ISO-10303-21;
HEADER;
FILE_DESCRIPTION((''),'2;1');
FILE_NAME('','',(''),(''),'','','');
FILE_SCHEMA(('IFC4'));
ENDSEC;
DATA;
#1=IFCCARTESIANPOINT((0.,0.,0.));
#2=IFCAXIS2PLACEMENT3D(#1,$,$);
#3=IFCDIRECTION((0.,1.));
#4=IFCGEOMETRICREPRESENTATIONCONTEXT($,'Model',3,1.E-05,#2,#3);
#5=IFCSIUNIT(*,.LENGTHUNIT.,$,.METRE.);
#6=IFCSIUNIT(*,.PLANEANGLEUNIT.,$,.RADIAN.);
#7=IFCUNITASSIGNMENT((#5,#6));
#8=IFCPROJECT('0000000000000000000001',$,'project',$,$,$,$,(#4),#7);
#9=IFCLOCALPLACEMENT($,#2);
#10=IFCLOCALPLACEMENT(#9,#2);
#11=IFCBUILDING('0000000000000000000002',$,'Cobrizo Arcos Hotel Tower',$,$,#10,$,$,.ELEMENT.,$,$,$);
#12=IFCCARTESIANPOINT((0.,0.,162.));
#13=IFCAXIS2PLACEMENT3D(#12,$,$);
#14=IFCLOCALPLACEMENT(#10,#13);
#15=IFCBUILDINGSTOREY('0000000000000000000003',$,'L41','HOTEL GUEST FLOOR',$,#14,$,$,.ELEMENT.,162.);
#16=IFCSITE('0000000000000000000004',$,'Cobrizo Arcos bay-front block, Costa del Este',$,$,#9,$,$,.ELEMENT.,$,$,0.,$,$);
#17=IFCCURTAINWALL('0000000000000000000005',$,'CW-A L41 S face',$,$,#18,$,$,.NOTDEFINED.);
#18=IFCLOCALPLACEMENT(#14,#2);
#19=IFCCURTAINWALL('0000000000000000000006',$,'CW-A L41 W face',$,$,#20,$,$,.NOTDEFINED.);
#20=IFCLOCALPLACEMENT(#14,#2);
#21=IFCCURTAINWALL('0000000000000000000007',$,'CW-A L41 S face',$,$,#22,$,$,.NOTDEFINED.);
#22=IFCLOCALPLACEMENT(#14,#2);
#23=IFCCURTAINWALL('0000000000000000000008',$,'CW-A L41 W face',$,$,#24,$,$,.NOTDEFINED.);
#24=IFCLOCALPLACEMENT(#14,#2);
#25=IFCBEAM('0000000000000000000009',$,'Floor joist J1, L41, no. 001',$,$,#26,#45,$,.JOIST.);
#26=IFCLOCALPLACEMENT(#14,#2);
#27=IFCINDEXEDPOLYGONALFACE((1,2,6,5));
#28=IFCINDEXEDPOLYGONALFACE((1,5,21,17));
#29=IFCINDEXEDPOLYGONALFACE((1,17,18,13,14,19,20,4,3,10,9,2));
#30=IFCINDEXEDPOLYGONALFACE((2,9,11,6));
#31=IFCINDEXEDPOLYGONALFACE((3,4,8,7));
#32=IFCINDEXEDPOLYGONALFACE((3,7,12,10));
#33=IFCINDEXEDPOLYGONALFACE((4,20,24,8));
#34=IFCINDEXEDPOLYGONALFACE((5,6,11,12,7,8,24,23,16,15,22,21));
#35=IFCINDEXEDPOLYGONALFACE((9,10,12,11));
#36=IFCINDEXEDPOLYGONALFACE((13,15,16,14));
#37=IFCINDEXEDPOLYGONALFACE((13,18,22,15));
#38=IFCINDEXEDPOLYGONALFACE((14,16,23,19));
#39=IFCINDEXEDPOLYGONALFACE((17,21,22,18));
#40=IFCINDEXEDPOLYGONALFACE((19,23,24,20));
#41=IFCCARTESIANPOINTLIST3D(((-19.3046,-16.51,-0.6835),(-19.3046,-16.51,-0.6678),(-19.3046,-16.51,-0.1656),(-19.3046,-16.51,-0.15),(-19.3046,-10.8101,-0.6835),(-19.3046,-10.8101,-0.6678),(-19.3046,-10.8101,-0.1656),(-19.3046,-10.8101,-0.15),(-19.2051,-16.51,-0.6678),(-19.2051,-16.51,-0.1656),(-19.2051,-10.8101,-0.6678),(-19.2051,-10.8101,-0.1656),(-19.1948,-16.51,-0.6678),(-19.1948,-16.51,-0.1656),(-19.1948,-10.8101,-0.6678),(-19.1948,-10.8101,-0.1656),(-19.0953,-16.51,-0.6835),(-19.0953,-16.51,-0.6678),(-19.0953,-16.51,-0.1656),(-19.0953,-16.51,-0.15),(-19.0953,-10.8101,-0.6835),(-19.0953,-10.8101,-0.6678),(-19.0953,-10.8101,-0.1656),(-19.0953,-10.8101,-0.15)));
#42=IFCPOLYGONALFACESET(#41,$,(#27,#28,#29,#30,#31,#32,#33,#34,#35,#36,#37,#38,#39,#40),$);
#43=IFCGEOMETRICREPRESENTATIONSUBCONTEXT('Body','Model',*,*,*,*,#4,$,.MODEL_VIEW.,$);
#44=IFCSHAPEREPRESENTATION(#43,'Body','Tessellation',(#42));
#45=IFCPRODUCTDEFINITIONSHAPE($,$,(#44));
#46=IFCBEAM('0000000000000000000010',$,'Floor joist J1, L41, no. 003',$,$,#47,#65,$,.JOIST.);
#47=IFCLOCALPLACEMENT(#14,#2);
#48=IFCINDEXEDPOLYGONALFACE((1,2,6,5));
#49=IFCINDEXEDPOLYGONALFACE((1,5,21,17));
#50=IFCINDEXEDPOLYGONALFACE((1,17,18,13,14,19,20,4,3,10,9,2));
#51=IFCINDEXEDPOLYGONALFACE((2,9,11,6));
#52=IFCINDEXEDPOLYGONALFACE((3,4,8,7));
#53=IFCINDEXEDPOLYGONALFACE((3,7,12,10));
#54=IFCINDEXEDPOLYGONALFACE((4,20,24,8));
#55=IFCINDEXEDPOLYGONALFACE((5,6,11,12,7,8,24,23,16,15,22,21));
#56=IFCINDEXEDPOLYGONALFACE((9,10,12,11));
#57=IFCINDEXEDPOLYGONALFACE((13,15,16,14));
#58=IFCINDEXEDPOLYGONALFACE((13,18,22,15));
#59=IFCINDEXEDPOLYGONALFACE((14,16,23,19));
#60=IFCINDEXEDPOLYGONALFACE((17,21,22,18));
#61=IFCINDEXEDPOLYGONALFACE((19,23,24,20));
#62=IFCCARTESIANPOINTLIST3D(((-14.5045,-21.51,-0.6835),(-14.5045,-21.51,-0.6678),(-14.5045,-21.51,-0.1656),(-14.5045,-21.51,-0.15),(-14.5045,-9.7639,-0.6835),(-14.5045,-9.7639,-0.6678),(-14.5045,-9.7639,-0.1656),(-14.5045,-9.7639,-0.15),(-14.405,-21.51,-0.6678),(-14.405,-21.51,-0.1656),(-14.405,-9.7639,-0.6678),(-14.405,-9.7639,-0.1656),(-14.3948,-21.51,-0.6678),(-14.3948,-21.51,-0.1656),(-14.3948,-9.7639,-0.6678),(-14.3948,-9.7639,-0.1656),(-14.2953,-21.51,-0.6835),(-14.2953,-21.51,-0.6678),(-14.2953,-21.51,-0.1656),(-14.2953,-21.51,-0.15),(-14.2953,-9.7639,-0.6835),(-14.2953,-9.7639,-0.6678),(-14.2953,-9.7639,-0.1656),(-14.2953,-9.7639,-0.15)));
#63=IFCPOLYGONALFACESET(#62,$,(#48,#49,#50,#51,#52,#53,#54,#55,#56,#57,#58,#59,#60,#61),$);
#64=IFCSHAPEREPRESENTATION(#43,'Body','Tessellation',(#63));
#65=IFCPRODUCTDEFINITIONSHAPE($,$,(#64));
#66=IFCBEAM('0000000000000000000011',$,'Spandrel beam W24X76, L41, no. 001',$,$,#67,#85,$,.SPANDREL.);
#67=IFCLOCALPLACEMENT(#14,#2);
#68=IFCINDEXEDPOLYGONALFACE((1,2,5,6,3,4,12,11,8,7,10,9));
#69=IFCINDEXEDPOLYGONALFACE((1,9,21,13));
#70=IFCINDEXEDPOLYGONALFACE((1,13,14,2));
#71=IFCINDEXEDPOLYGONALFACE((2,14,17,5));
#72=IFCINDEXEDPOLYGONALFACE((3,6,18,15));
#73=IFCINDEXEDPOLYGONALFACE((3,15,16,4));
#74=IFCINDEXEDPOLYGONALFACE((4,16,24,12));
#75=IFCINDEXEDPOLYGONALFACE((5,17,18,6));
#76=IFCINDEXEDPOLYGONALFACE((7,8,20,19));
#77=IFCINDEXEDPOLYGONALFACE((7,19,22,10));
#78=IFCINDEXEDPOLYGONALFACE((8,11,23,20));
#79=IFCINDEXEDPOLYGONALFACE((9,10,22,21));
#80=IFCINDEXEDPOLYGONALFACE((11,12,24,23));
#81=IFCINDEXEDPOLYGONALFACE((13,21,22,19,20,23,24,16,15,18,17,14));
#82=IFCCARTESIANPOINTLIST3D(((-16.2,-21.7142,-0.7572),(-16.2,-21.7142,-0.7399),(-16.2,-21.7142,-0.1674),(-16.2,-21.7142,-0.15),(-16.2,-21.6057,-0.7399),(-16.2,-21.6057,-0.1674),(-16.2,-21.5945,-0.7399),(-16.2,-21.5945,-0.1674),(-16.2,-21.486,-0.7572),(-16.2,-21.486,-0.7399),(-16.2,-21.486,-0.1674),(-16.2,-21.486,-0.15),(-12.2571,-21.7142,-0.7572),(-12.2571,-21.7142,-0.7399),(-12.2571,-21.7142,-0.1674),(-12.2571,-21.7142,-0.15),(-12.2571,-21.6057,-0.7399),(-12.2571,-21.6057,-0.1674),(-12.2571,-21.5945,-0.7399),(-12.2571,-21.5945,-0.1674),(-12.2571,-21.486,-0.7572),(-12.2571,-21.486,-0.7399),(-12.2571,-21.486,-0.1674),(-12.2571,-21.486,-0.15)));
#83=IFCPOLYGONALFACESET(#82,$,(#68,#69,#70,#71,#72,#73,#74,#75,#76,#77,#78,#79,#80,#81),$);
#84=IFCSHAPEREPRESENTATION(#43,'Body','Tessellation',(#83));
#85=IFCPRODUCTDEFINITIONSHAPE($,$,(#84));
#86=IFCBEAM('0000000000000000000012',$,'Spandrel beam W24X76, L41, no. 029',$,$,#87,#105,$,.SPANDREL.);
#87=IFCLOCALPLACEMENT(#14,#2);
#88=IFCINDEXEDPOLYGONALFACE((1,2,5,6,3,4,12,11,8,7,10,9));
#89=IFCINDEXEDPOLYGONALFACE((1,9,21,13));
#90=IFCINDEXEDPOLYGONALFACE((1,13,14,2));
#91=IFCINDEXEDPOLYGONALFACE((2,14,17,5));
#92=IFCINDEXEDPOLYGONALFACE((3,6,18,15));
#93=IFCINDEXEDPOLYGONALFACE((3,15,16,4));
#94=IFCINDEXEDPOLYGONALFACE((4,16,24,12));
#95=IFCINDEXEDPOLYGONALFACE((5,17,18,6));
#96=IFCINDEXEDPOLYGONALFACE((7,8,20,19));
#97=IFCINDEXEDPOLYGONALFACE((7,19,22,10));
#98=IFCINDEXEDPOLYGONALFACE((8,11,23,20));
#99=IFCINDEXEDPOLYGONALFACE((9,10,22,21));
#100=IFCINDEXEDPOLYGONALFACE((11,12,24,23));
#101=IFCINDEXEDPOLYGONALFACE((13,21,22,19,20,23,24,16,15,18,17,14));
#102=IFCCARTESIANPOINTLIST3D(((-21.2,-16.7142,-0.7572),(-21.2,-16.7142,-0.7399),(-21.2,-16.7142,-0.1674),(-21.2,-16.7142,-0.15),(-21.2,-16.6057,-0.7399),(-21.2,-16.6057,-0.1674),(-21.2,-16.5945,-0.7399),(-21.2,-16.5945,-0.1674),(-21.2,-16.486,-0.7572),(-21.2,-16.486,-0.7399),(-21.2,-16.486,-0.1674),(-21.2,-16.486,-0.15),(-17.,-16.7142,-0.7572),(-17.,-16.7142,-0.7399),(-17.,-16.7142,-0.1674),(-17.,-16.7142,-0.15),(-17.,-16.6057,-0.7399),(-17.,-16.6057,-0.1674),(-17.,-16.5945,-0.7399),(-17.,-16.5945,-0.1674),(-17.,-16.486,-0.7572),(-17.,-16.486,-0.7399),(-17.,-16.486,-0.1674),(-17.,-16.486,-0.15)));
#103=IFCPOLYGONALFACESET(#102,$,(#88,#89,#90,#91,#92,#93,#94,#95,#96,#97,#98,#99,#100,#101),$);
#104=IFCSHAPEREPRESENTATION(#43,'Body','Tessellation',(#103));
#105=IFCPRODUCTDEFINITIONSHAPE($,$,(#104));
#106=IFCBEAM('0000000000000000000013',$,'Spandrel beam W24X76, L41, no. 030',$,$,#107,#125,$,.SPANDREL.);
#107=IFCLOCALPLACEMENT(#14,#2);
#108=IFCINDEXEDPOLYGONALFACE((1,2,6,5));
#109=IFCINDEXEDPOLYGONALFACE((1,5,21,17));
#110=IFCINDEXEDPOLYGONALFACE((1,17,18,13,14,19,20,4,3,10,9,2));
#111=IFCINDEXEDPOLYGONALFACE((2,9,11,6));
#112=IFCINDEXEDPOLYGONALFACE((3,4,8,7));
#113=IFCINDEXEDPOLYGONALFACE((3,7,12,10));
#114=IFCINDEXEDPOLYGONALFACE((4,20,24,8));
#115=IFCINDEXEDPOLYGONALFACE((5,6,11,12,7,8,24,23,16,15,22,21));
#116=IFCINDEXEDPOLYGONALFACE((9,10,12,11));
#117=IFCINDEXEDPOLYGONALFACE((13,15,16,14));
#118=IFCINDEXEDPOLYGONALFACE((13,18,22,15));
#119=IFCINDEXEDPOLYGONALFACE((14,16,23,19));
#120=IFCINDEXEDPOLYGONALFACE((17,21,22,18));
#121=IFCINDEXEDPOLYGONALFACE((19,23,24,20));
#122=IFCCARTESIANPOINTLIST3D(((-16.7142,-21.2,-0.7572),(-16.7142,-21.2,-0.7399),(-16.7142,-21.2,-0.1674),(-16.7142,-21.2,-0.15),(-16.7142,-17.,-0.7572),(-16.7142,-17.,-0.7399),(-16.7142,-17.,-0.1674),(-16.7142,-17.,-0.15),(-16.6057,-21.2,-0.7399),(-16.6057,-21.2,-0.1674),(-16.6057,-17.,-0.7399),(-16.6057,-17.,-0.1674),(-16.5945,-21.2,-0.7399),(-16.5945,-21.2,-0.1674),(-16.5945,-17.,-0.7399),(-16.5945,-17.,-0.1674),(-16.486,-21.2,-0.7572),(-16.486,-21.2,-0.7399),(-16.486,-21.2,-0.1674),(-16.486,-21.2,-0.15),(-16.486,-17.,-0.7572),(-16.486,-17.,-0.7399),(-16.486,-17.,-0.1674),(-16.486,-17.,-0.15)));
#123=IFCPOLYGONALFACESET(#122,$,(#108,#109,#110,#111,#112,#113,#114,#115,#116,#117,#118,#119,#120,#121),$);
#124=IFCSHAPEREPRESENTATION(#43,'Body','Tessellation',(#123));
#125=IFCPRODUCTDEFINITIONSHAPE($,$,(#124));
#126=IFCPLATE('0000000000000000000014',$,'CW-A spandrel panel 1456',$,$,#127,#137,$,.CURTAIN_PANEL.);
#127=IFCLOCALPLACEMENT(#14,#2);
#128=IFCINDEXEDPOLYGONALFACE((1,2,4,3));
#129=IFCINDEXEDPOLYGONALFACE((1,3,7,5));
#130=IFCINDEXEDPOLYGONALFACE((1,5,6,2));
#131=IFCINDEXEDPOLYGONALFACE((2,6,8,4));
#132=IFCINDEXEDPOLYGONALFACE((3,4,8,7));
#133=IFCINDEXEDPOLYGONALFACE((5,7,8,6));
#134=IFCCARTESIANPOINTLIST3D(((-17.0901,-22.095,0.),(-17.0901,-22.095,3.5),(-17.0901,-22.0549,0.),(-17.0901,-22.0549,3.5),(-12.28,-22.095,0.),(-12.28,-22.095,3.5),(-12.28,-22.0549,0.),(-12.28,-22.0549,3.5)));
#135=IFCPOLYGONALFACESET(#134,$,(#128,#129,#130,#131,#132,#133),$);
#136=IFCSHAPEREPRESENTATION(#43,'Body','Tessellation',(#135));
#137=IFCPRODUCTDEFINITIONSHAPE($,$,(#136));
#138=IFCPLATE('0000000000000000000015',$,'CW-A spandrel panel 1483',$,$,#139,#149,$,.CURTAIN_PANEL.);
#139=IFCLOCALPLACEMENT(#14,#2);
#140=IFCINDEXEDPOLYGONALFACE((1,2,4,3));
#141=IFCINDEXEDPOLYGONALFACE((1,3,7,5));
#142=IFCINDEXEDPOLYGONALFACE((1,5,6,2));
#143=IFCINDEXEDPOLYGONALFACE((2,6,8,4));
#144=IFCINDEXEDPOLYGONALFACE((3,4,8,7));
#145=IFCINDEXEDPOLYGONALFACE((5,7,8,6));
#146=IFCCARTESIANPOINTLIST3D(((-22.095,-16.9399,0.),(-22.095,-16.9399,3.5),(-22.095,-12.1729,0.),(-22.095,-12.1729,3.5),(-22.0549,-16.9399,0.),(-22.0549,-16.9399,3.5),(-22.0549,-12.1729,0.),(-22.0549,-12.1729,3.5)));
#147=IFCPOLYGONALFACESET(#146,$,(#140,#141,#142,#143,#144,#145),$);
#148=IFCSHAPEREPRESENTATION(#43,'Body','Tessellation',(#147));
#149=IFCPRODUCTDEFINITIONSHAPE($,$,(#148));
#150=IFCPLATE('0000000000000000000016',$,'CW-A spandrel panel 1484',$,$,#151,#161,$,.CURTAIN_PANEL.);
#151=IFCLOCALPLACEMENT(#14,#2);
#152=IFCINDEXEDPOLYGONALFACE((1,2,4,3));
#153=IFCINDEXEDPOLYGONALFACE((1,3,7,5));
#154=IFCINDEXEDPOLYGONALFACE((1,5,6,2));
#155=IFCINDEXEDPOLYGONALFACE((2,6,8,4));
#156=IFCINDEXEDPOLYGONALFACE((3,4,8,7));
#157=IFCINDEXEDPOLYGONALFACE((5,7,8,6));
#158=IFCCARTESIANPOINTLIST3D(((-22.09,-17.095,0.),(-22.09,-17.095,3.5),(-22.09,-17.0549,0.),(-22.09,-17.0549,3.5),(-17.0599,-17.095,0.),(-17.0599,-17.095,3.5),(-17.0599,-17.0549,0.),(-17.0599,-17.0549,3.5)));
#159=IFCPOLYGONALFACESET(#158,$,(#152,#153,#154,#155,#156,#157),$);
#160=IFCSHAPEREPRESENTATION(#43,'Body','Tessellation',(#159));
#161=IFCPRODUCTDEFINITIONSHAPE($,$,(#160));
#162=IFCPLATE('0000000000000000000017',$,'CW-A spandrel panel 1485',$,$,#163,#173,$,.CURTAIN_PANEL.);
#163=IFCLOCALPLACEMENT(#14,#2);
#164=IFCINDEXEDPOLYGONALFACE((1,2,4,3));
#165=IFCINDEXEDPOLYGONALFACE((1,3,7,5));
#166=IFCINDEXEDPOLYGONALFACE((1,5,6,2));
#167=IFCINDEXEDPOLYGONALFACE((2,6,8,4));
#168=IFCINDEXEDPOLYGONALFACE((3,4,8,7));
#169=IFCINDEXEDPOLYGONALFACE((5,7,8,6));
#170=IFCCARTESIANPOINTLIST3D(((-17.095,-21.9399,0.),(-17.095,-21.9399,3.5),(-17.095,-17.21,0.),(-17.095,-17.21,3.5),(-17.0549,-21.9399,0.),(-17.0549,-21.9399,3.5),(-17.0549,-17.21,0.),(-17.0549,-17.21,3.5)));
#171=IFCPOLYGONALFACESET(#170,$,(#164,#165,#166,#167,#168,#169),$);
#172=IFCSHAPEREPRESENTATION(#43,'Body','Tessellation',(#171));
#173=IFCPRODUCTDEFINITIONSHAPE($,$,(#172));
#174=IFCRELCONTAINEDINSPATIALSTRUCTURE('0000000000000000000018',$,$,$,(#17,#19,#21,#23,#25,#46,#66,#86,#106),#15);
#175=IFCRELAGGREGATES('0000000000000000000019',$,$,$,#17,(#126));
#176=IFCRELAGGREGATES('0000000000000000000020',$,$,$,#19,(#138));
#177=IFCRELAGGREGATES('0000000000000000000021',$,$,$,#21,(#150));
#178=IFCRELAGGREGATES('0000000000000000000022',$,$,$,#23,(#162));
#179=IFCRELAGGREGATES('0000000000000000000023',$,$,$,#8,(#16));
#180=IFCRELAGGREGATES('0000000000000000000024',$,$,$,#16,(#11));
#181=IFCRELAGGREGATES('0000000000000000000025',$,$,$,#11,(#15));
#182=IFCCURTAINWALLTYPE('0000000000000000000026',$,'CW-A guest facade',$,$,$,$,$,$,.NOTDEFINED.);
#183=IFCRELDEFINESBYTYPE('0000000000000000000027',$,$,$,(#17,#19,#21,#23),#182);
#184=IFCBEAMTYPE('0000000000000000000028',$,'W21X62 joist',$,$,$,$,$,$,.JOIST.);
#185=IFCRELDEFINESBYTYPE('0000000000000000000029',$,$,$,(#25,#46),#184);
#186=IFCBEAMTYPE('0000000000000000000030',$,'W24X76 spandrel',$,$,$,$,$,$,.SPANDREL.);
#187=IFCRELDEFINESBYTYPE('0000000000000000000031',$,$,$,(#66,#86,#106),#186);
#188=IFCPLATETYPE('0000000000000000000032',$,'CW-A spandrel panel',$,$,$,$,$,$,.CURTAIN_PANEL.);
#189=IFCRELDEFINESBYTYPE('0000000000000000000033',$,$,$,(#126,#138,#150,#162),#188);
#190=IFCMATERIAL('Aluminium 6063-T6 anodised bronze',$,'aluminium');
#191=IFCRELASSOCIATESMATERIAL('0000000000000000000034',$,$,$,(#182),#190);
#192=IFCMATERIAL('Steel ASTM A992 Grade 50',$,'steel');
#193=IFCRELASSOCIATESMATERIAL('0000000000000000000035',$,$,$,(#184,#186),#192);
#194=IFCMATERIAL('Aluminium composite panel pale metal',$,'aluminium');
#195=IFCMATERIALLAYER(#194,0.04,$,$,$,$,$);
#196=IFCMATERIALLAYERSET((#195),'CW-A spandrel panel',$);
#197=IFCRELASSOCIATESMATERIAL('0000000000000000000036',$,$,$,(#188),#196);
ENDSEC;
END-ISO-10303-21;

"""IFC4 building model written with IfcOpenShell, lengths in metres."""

from ifc_helpers import new_model, si_unit, direction, frame, origin, origin_2d, place, context, subcontext, project, spatial, rectangle, i_section, extrude, material, layer, layer_set, material_profile, profile_set, type_object, element, aggregate, save


model = new_model("IFC4")

# Units and contexts
model_context = context("Model", 3, precision=1e-05, world=origin(), true_north=direction((0.0, 1.0)))
body_context = subcontext(model_context, "Body", "Model", "MODEL_VIEW")
ifc_project = project(units=[si_unit("LENGTHUNIT", "METRE"), si_unit("PLANEANGLEUNIT", "RADIAN")], contexts=[model_context])

# Site, building, storey
site_placement = place(None, origin())
site = spatial("IfcSite", under=ifc_project, at=site_placement, Name="Cobrizo Arcos bay-front block, Costa del Este", CompositionType="ELEMENT", RefElevation=0.0)
building_placement = place(site_placement, origin())
building = spatial("IfcBuilding", under=site, at=building_placement, Name="Cobrizo Arcos Hotel Tower", CompositionType="ELEMENT")
storey_placement = place(building_placement, frame((0.0, 0.0, 162.0)))
storey = spatial("IfcBuildingStorey", under=building, at=storey_placement, Name="L41", Description="HOTEL GUEST FLOOR", CompositionType="ELEMENT", Elevation=162.0)

# Curtain wall
ifc_material_1 = material(Name="Aluminium 6063-T6 anodised bronze", Category="aluminium")
curtain_wall_type = type_object("IfcCurtainWallType", Name="CW-A guest facade", PredefinedType="NOTDEFINED", material=ifc_material_1)
curtain_wall_1_placement = place(storey_placement, origin())
curtain_wall_1 = element("IfcCurtainWall", 1, at=curtain_wall_1_placement, inside=storey, type_object=curtain_wall_type, Name="CW-A L41 S face", PredefinedType="NOTDEFINED")

# Curtain wall
curtain_wall_2_placement = place(storey_placement, origin())
curtain_wall_2 = element("IfcCurtainWall", 2, at=curtain_wall_2_placement, inside=storey, type_object=curtain_wall_type, Name="CW-A L41 W face", PredefinedType="NOTDEFINED")

# Curtain walls
curtain_wall_3_placement = place(storey_placement, origin())
curtain_wall_3 = element("IfcCurtainWall", 3, at=curtain_wall_3_placement, inside=storey, type_object=curtain_wall_type, Name="CW-A L41 S face", PredefinedType="NOTDEFINED")
curtain_wall_4_placement = place(storey_placement, origin())
curtain_wall_4 = element("IfcCurtainWall", 4, at=curtain_wall_4_placement, inside=storey, type_object=curtain_wall_type, Name="CW-A L41 W face", PredefinedType="NOTDEFINED")

# Beams
ifc_material_2 = material(Name="Steel ASTM A992 Grade 50", Category="steel")
ifc_material_profile_1 = material_profile(ifc_material_2, i_section(OverallWidth=0.2092, OverallDepth=0.5334, WebThickness=0.0103, FlangeThickness=0.0156, at=origin_2d()), Name="W21X62")
ifc_profile_set_1 = profile_set([ifc_material_profile_1], Name="Steel ASTM A992 Grade 50")
beam_type_1 = type_object("IfcBeamType", Name="W21X62 joist", PredefinedType="JOIST", material=ifc_profile_set_1)
beam_1_placement = place(storey_placement, frame((-19.2, -16.51, -0.4167), z_axis=(0.0, 1.0, 0.0), x_axis=(-1.0, 0.0, 0.0)))
element("IfcBeam", 5, at=beam_1_placement, inside=storey, type_object=beam_type_1, Name="Floor joist J1, L41, no. 001", PredefinedType="JOIST", context=body_context, shape_type="SweptSolid", body=[
    extrude(i_section(OverallWidth=0.2092, OverallDepth=0.5334, WebThickness=0.0103, FlangeThickness=0.0156, at=origin_2d()), origin(), (0.0, 0.0, 1.0), 5.7),
])
beam_2_placement = place(storey_placement, frame((-14.3999, -21.51, -0.4167), z_axis=(0.0, 1.0, 0.0), x_axis=(-1.0, 0.0, 0.0)))
element("IfcBeam", 6, at=beam_2_placement, inside=storey, type_object=beam_type_1, Name="Floor joist J1, L41, no. 003", PredefinedType="JOIST", context=body_context, shape_type="SweptSolid", body=[
    extrude(i_section(OverallWidth=0.2092, OverallDepth=0.5334, WebThickness=0.0103, FlangeThickness=0.0156, at=origin_2d()), origin(), (0.0, 0.0, 1.0), 11.7461),
])
ifc_material_profile_2 = material_profile(ifc_material_2, i_section(OverallWidth=0.2283, OverallDepth=0.6072, WebThickness=0.0112, FlangeThickness=0.0173, at=origin_2d()), Name="W24X76")
ifc_profile_set_2 = profile_set([ifc_material_profile_2], Name="Steel ASTM A992 Grade 50")
beam_type_2 = type_object("IfcBeamType", Name="W24X76 spandrel", PredefinedType="SPANDREL", material=ifc_profile_set_2)
beam_3_placement = place(storey_placement, frame((-16.2, -21.6001, -0.4536), z_axis=(1.0, 0.0, 0.0), x_axis=(0.0, 1.0, 0.0)))
element("IfcBeam", 7, at=beam_3_placement, inside=storey, type_object=beam_type_2, Name="Spandrel beam W24X76, L41, no. 001", PredefinedType="SPANDREL", context=body_context, shape_type="SweptSolid", body=[
    extrude(i_section(OverallWidth=0.2283, OverallDepth=0.6072, WebThickness=0.0112, FlangeThickness=0.0173, at=origin_2d()), origin(), (0.0, 0.0, 1.0), 3.9429),
])
for number, where, z_axis, x_axis, name in (
    (8, (-21.2, -16.6001, -0.4536), (1.0, 0.0, 0.0), (0.0, 1.0, 0.0), "Spandrel beam W24X76, L41, no. 029"),
    (9, (-16.6001, -17.0, -0.4536), (0.0, -1.0, 0.0), (1.0, 0.0, 0.0), "Spandrel beam W24X76, L41, no. 030"),
):
    element("IfcBeam", number, at=place(storey_placement, frame(where, z_axis=z_axis, x_axis=x_axis)), inside=storey, type_object=beam_type_2, Name=name, PredefinedType="SPANDREL", context=body_context, shape_type="SweptSolid", body=[
        extrude(i_section(OverallWidth=0.2283, OverallDepth=0.6072, WebThickness=0.0112, FlangeThickness=0.0173, at=origin_2d()), origin(), (0.0, 0.0, 1.0), 4.2),
    ])

# Plates
ifc_material_3 = material(Name="Aluminium composite panel pale metal", Category="aluminium")
ifc_layer_1 = layer(ifc_material_3, 0.04)
ifc_layer_set_1 = layer_set([ifc_layer_1], Name="CW-A spandrel panel")
plate_type = type_object("IfcPlateType", Name="CW-A spandrel panel", PredefinedType="CURTAIN_PANEL", material=ifc_layer_set_1)
plate_1_placement = place(storey_placement, frame((-14.6851, -22.075, 0.0), z_axis=(0.0, 0.0, 1.0), x_axis=(1.0, 0.0, 0.0)))
plate_1 = element("IfcPlate", 10, at=plate_1_placement, type_object=plate_type, Name="CW-A spandrel panel 1456", PredefinedType="CURTAIN_PANEL", context=body_context, shape_type="SweptSolid", body=[
    extrude(rectangle(XDim=4.8101, YDim=0.04, at=origin_2d()), origin(), (0.0, 0.0, 1.0), 3.5),
])
aggregate(curtain_wall_1, [plate_1])
plate_2_placement = place(storey_placement, frame((-22.075, -14.5564, 0.0), z_axis=(0.0, 0.0, 1.0), x_axis=(0.0, -1.0, 0.0)))
plate_2 = element("IfcPlate", 11, at=plate_2_placement, type_object=plate_type, Name="CW-A spandrel panel 1483", PredefinedType="CURTAIN_PANEL", context=body_context, shape_type="SweptSolid", body=[
    extrude(rectangle(XDim=4.7671, YDim=0.04, at=origin_2d()), origin(), (0.0, 0.0, 1.0), 3.5),
])
aggregate(curtain_wall_2, [plate_2])
plate_3_placement = place(storey_placement, frame((-19.575, -17.075, 0.0), z_axis=(0.0, 0.0, 1.0), x_axis=(1.0, 0.0, 0.0)))
plate_3 = element("IfcPlate", 12, at=plate_3_placement, type_object=plate_type, Name="CW-A spandrel panel 1484", PredefinedType="CURTAIN_PANEL", context=body_context, shape_type="SweptSolid", body=[
    extrude(rectangle(XDim=5.03, YDim=0.04, at=origin_2d()), origin(), (0.0, 0.0, 1.0), 3.5),
])
aggregate(curtain_wall_3, [plate_3])
plate_4_placement = place(storey_placement, frame((-17.075, -19.575, 0.0), z_axis=(0.0, 0.0, 1.0), x_axis=(0.0, -1.0, 0.0)))
plate_4 = element("IfcPlate", 13, at=plate_4_placement, type_object=plate_type, Name="CW-A spandrel panel 1485", PredefinedType="CURTAIN_PANEL", context=body_context, shape_type="SweptSolid", body=[
    extrude(rectangle(XDim=4.73, YDim=0.04, at=origin_2d()), origin(), (0.0, 0.0, 1.0), 3.5),
])
aggregate(curtain_wall_4, [plate_4])

save(model, "model.ifc")
